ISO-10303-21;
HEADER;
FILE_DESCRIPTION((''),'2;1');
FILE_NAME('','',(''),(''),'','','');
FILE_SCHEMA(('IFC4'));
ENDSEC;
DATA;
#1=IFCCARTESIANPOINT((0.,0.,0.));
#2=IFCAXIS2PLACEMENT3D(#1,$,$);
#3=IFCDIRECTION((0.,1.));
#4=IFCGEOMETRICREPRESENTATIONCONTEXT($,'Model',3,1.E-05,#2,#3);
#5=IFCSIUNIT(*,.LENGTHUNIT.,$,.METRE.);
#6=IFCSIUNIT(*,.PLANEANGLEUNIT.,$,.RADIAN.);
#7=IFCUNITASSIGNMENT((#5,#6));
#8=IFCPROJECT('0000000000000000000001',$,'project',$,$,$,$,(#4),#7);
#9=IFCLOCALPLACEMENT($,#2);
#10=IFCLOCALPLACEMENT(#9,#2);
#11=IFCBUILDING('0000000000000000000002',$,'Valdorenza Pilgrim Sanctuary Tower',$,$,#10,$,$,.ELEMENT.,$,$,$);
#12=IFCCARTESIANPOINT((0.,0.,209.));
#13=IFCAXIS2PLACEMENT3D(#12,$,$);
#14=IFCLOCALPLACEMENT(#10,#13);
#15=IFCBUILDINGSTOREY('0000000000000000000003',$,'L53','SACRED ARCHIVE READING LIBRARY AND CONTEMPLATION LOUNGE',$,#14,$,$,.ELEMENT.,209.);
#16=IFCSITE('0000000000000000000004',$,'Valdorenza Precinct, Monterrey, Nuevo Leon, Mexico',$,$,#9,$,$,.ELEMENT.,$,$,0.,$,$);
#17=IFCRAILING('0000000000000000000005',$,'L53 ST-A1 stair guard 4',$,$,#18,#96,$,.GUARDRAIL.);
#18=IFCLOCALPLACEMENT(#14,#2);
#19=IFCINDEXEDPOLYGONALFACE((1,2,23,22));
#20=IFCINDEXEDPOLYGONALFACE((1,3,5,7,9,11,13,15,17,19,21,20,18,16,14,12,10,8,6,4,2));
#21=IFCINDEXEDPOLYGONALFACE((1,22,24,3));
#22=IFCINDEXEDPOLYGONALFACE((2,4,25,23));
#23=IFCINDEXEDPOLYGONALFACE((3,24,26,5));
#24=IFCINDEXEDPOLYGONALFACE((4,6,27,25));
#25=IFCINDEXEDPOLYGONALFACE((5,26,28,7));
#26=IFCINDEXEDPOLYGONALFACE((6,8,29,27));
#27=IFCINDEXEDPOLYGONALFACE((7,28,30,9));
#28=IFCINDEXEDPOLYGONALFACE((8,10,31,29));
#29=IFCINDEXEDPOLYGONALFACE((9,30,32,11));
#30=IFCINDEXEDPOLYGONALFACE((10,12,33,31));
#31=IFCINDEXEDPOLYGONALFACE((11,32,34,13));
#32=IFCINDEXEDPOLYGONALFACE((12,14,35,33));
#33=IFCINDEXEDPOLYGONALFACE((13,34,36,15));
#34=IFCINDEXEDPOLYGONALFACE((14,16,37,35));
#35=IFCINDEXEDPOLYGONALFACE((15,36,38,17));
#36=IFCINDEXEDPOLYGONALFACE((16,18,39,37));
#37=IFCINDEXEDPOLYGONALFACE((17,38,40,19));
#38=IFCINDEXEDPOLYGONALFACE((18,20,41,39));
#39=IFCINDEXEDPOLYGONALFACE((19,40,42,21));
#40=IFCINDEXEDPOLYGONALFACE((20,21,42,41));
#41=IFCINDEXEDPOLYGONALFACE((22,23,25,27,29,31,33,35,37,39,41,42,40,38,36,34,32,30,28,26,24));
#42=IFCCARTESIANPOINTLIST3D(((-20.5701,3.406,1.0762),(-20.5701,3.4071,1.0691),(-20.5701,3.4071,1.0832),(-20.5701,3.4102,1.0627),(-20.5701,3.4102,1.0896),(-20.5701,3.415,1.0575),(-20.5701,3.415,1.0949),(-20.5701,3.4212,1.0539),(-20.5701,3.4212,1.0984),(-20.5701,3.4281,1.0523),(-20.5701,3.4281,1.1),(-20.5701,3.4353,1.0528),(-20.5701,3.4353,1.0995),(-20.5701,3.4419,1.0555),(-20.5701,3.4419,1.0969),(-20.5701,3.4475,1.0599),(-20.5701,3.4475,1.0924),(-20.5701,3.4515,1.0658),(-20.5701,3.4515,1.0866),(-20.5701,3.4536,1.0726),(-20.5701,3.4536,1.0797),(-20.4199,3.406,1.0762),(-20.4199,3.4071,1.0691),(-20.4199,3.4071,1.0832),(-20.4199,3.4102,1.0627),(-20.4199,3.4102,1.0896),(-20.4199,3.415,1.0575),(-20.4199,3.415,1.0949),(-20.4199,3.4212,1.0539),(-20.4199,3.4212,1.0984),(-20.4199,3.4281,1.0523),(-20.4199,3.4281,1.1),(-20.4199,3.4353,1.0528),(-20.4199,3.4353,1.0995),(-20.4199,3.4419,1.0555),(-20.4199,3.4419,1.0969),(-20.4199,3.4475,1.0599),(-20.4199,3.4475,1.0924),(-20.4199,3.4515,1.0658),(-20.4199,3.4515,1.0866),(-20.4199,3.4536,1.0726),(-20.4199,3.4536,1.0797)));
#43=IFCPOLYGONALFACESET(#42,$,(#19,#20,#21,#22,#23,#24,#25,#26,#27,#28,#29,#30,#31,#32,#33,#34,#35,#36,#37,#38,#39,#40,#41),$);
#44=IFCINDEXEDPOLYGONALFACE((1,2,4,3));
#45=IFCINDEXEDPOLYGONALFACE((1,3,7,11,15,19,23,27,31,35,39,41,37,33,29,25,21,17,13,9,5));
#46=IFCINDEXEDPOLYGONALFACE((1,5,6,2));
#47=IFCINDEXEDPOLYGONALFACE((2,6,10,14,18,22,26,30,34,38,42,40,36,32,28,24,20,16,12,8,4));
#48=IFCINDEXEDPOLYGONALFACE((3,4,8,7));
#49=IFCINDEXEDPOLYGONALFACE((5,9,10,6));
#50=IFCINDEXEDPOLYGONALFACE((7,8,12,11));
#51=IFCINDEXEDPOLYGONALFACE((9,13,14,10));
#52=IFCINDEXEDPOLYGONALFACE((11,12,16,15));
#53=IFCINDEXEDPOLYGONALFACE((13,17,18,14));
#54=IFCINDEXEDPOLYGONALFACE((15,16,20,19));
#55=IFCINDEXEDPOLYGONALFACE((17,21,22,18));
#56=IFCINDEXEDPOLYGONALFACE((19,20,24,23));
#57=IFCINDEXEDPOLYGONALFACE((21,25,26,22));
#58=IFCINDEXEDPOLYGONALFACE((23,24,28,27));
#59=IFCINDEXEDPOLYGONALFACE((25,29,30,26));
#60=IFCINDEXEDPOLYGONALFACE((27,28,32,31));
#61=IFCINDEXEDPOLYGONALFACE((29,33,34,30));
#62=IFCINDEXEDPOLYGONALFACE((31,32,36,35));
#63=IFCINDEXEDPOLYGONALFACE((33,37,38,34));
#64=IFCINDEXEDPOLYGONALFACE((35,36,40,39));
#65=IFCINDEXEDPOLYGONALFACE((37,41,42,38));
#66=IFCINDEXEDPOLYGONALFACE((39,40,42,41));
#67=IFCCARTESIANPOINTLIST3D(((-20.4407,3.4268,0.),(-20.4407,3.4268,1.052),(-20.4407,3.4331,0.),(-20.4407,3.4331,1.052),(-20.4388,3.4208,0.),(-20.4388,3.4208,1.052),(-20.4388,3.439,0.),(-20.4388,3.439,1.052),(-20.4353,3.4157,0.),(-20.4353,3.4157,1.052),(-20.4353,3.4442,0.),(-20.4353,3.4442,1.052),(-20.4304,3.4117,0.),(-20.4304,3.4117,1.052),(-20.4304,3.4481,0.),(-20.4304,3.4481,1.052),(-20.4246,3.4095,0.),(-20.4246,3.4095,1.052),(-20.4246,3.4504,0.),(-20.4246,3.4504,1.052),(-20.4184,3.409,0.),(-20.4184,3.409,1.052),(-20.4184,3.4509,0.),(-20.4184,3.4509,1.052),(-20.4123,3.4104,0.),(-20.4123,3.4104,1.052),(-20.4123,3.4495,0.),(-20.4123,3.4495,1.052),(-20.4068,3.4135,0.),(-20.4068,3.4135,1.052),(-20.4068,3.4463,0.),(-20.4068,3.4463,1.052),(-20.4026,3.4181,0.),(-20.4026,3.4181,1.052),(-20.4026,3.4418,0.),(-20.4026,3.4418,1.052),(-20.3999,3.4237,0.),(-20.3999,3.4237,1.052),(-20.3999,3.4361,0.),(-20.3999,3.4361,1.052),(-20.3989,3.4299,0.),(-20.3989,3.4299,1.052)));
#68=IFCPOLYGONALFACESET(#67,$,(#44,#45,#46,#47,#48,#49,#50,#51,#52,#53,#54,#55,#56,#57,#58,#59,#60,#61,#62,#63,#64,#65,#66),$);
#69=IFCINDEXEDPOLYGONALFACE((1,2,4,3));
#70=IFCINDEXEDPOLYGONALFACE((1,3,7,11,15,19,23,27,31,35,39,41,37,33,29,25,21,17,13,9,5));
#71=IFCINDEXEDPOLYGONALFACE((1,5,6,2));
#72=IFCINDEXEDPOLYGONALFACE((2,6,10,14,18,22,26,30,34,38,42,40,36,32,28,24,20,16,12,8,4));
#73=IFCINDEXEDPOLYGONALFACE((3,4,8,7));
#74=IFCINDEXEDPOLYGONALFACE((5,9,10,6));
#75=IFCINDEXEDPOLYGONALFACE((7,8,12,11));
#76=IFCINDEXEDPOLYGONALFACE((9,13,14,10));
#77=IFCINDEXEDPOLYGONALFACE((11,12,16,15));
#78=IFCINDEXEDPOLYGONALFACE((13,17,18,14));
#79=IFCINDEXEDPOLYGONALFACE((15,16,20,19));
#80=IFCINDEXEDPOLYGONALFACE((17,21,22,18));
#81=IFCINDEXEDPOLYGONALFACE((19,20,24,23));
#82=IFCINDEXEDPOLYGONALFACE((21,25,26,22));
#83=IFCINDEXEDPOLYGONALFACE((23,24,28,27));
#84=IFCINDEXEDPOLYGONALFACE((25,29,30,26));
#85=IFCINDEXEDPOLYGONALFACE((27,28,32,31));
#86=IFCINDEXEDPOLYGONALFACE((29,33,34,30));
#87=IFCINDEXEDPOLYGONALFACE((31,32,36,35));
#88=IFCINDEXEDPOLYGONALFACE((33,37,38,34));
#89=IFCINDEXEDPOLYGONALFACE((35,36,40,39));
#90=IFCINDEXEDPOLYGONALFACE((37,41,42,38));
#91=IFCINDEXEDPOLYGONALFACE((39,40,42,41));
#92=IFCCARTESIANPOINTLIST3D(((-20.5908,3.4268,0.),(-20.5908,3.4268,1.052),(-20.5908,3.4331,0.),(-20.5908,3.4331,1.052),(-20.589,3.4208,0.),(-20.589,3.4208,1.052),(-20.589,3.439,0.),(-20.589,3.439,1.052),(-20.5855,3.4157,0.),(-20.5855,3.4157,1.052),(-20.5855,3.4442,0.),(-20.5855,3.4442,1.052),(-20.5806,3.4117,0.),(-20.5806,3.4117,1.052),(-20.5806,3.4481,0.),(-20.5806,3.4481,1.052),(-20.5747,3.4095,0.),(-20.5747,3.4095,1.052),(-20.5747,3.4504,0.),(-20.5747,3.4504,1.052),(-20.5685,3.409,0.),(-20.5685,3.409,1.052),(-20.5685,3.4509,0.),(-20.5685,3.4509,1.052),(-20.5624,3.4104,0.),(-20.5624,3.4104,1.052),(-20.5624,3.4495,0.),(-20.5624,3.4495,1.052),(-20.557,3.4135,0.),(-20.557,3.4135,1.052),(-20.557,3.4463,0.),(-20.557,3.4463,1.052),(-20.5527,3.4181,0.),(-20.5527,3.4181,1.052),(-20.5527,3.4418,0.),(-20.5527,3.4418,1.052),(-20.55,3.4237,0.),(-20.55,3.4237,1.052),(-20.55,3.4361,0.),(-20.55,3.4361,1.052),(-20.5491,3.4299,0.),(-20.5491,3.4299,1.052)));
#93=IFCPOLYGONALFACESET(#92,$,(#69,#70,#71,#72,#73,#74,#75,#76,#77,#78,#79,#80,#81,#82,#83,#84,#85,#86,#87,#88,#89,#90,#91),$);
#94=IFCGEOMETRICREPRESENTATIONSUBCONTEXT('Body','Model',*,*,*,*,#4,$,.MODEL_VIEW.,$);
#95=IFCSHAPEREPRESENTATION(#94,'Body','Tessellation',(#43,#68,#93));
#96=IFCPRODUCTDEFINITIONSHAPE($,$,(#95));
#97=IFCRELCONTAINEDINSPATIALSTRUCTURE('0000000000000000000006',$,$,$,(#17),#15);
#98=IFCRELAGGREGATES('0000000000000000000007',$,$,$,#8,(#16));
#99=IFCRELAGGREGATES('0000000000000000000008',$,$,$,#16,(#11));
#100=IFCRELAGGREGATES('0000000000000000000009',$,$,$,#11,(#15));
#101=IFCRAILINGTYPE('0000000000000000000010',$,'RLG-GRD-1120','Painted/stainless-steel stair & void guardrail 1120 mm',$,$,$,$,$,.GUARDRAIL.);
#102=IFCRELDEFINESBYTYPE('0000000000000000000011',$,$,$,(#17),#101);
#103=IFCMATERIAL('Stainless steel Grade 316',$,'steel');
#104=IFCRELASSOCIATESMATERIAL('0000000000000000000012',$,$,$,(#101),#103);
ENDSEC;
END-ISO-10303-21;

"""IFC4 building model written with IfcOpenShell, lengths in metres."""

from ifc_helpers import new_model, si_unit, direction, frame, origin, origin_2d, place, context, subcontext, project, spatial, circle, extrude, material, type_object, element, save


model = new_model("IFC4")

# Units and contexts
model_context = context("Model", 3, precision=1e-05, world=origin(), true_north=direction((0.0, 1.0)))
body_context = subcontext(model_context, "Body", "Model", "MODEL_VIEW")
ifc_project = project(units=[si_unit("LENGTHUNIT", "METRE"), si_unit("PLANEANGLEUNIT", "RADIAN")], contexts=[model_context])

# Site, building, storey
site_placement = place(None, origin())
site = spatial("IfcSite", under=ifc_project, at=site_placement, Name="Valdorenza Precinct, Monterrey, Nuevo Leon, Mexico", CompositionType="ELEMENT", RefElevation=0.0)
building_placement = place(site_placement, origin())
building = spatial("IfcBuilding", under=site, at=building_placement, Name="Valdorenza Pilgrim Sanctuary Tower", CompositionType="ELEMENT")
storey_placement = place(building_placement, frame((0.0, 0.0, 209.0)))
storey = spatial("IfcBuildingStorey", under=building, at=storey_placement, Name="L53", Description="SACRED ARCHIVE READING LIBRARY AND CONTEMPLATION LOUNGE", CompositionType="ELEMENT", Elevation=209.0)

# Railing
ifc_material_1 = material(Name="Stainless steel Grade 316", Category="steel")
railing_type_1 = type_object("IfcRailingType", Name="RLG-GRD-1120", Description="Painted/stainless-steel stair & void guardrail 1120 mm", PredefinedType="GUARDRAIL", material=ifc_material_1)
railing_1_placement = place(storey_placement, frame((-20.4199, 3.4299, 0.0)))
element("IfcRailing", 1, at=railing_1_placement, inside=storey, type_object=railing_type_1, Name="L53 ST-A1 stair guard 4", PredefinedType="GUARDRAIL", context=body_context, shape_type="SweptSolid", body=[
    extrude(circle(Radius=0.0239, at=origin_2d()), frame((0.0, 0.0, 1.0762), z_axis=(-1.0, 0.0, 0.0), x_axis=(0.0, -1.0, 0.0)), (0.0, 0.0, 1.0), 0.1501),
    extrude(circle(Radius=0.021, at=origin_2d()), origin(), (0.0, 0.0, 1.0), 1.052),
    extrude(circle(Radius=0.021, at=origin_2d()), frame((-0.1501, 0.0, 0.0)), (0.0, 0.0, 1.0), 1.052),
])

save(model, "model.ifc")
